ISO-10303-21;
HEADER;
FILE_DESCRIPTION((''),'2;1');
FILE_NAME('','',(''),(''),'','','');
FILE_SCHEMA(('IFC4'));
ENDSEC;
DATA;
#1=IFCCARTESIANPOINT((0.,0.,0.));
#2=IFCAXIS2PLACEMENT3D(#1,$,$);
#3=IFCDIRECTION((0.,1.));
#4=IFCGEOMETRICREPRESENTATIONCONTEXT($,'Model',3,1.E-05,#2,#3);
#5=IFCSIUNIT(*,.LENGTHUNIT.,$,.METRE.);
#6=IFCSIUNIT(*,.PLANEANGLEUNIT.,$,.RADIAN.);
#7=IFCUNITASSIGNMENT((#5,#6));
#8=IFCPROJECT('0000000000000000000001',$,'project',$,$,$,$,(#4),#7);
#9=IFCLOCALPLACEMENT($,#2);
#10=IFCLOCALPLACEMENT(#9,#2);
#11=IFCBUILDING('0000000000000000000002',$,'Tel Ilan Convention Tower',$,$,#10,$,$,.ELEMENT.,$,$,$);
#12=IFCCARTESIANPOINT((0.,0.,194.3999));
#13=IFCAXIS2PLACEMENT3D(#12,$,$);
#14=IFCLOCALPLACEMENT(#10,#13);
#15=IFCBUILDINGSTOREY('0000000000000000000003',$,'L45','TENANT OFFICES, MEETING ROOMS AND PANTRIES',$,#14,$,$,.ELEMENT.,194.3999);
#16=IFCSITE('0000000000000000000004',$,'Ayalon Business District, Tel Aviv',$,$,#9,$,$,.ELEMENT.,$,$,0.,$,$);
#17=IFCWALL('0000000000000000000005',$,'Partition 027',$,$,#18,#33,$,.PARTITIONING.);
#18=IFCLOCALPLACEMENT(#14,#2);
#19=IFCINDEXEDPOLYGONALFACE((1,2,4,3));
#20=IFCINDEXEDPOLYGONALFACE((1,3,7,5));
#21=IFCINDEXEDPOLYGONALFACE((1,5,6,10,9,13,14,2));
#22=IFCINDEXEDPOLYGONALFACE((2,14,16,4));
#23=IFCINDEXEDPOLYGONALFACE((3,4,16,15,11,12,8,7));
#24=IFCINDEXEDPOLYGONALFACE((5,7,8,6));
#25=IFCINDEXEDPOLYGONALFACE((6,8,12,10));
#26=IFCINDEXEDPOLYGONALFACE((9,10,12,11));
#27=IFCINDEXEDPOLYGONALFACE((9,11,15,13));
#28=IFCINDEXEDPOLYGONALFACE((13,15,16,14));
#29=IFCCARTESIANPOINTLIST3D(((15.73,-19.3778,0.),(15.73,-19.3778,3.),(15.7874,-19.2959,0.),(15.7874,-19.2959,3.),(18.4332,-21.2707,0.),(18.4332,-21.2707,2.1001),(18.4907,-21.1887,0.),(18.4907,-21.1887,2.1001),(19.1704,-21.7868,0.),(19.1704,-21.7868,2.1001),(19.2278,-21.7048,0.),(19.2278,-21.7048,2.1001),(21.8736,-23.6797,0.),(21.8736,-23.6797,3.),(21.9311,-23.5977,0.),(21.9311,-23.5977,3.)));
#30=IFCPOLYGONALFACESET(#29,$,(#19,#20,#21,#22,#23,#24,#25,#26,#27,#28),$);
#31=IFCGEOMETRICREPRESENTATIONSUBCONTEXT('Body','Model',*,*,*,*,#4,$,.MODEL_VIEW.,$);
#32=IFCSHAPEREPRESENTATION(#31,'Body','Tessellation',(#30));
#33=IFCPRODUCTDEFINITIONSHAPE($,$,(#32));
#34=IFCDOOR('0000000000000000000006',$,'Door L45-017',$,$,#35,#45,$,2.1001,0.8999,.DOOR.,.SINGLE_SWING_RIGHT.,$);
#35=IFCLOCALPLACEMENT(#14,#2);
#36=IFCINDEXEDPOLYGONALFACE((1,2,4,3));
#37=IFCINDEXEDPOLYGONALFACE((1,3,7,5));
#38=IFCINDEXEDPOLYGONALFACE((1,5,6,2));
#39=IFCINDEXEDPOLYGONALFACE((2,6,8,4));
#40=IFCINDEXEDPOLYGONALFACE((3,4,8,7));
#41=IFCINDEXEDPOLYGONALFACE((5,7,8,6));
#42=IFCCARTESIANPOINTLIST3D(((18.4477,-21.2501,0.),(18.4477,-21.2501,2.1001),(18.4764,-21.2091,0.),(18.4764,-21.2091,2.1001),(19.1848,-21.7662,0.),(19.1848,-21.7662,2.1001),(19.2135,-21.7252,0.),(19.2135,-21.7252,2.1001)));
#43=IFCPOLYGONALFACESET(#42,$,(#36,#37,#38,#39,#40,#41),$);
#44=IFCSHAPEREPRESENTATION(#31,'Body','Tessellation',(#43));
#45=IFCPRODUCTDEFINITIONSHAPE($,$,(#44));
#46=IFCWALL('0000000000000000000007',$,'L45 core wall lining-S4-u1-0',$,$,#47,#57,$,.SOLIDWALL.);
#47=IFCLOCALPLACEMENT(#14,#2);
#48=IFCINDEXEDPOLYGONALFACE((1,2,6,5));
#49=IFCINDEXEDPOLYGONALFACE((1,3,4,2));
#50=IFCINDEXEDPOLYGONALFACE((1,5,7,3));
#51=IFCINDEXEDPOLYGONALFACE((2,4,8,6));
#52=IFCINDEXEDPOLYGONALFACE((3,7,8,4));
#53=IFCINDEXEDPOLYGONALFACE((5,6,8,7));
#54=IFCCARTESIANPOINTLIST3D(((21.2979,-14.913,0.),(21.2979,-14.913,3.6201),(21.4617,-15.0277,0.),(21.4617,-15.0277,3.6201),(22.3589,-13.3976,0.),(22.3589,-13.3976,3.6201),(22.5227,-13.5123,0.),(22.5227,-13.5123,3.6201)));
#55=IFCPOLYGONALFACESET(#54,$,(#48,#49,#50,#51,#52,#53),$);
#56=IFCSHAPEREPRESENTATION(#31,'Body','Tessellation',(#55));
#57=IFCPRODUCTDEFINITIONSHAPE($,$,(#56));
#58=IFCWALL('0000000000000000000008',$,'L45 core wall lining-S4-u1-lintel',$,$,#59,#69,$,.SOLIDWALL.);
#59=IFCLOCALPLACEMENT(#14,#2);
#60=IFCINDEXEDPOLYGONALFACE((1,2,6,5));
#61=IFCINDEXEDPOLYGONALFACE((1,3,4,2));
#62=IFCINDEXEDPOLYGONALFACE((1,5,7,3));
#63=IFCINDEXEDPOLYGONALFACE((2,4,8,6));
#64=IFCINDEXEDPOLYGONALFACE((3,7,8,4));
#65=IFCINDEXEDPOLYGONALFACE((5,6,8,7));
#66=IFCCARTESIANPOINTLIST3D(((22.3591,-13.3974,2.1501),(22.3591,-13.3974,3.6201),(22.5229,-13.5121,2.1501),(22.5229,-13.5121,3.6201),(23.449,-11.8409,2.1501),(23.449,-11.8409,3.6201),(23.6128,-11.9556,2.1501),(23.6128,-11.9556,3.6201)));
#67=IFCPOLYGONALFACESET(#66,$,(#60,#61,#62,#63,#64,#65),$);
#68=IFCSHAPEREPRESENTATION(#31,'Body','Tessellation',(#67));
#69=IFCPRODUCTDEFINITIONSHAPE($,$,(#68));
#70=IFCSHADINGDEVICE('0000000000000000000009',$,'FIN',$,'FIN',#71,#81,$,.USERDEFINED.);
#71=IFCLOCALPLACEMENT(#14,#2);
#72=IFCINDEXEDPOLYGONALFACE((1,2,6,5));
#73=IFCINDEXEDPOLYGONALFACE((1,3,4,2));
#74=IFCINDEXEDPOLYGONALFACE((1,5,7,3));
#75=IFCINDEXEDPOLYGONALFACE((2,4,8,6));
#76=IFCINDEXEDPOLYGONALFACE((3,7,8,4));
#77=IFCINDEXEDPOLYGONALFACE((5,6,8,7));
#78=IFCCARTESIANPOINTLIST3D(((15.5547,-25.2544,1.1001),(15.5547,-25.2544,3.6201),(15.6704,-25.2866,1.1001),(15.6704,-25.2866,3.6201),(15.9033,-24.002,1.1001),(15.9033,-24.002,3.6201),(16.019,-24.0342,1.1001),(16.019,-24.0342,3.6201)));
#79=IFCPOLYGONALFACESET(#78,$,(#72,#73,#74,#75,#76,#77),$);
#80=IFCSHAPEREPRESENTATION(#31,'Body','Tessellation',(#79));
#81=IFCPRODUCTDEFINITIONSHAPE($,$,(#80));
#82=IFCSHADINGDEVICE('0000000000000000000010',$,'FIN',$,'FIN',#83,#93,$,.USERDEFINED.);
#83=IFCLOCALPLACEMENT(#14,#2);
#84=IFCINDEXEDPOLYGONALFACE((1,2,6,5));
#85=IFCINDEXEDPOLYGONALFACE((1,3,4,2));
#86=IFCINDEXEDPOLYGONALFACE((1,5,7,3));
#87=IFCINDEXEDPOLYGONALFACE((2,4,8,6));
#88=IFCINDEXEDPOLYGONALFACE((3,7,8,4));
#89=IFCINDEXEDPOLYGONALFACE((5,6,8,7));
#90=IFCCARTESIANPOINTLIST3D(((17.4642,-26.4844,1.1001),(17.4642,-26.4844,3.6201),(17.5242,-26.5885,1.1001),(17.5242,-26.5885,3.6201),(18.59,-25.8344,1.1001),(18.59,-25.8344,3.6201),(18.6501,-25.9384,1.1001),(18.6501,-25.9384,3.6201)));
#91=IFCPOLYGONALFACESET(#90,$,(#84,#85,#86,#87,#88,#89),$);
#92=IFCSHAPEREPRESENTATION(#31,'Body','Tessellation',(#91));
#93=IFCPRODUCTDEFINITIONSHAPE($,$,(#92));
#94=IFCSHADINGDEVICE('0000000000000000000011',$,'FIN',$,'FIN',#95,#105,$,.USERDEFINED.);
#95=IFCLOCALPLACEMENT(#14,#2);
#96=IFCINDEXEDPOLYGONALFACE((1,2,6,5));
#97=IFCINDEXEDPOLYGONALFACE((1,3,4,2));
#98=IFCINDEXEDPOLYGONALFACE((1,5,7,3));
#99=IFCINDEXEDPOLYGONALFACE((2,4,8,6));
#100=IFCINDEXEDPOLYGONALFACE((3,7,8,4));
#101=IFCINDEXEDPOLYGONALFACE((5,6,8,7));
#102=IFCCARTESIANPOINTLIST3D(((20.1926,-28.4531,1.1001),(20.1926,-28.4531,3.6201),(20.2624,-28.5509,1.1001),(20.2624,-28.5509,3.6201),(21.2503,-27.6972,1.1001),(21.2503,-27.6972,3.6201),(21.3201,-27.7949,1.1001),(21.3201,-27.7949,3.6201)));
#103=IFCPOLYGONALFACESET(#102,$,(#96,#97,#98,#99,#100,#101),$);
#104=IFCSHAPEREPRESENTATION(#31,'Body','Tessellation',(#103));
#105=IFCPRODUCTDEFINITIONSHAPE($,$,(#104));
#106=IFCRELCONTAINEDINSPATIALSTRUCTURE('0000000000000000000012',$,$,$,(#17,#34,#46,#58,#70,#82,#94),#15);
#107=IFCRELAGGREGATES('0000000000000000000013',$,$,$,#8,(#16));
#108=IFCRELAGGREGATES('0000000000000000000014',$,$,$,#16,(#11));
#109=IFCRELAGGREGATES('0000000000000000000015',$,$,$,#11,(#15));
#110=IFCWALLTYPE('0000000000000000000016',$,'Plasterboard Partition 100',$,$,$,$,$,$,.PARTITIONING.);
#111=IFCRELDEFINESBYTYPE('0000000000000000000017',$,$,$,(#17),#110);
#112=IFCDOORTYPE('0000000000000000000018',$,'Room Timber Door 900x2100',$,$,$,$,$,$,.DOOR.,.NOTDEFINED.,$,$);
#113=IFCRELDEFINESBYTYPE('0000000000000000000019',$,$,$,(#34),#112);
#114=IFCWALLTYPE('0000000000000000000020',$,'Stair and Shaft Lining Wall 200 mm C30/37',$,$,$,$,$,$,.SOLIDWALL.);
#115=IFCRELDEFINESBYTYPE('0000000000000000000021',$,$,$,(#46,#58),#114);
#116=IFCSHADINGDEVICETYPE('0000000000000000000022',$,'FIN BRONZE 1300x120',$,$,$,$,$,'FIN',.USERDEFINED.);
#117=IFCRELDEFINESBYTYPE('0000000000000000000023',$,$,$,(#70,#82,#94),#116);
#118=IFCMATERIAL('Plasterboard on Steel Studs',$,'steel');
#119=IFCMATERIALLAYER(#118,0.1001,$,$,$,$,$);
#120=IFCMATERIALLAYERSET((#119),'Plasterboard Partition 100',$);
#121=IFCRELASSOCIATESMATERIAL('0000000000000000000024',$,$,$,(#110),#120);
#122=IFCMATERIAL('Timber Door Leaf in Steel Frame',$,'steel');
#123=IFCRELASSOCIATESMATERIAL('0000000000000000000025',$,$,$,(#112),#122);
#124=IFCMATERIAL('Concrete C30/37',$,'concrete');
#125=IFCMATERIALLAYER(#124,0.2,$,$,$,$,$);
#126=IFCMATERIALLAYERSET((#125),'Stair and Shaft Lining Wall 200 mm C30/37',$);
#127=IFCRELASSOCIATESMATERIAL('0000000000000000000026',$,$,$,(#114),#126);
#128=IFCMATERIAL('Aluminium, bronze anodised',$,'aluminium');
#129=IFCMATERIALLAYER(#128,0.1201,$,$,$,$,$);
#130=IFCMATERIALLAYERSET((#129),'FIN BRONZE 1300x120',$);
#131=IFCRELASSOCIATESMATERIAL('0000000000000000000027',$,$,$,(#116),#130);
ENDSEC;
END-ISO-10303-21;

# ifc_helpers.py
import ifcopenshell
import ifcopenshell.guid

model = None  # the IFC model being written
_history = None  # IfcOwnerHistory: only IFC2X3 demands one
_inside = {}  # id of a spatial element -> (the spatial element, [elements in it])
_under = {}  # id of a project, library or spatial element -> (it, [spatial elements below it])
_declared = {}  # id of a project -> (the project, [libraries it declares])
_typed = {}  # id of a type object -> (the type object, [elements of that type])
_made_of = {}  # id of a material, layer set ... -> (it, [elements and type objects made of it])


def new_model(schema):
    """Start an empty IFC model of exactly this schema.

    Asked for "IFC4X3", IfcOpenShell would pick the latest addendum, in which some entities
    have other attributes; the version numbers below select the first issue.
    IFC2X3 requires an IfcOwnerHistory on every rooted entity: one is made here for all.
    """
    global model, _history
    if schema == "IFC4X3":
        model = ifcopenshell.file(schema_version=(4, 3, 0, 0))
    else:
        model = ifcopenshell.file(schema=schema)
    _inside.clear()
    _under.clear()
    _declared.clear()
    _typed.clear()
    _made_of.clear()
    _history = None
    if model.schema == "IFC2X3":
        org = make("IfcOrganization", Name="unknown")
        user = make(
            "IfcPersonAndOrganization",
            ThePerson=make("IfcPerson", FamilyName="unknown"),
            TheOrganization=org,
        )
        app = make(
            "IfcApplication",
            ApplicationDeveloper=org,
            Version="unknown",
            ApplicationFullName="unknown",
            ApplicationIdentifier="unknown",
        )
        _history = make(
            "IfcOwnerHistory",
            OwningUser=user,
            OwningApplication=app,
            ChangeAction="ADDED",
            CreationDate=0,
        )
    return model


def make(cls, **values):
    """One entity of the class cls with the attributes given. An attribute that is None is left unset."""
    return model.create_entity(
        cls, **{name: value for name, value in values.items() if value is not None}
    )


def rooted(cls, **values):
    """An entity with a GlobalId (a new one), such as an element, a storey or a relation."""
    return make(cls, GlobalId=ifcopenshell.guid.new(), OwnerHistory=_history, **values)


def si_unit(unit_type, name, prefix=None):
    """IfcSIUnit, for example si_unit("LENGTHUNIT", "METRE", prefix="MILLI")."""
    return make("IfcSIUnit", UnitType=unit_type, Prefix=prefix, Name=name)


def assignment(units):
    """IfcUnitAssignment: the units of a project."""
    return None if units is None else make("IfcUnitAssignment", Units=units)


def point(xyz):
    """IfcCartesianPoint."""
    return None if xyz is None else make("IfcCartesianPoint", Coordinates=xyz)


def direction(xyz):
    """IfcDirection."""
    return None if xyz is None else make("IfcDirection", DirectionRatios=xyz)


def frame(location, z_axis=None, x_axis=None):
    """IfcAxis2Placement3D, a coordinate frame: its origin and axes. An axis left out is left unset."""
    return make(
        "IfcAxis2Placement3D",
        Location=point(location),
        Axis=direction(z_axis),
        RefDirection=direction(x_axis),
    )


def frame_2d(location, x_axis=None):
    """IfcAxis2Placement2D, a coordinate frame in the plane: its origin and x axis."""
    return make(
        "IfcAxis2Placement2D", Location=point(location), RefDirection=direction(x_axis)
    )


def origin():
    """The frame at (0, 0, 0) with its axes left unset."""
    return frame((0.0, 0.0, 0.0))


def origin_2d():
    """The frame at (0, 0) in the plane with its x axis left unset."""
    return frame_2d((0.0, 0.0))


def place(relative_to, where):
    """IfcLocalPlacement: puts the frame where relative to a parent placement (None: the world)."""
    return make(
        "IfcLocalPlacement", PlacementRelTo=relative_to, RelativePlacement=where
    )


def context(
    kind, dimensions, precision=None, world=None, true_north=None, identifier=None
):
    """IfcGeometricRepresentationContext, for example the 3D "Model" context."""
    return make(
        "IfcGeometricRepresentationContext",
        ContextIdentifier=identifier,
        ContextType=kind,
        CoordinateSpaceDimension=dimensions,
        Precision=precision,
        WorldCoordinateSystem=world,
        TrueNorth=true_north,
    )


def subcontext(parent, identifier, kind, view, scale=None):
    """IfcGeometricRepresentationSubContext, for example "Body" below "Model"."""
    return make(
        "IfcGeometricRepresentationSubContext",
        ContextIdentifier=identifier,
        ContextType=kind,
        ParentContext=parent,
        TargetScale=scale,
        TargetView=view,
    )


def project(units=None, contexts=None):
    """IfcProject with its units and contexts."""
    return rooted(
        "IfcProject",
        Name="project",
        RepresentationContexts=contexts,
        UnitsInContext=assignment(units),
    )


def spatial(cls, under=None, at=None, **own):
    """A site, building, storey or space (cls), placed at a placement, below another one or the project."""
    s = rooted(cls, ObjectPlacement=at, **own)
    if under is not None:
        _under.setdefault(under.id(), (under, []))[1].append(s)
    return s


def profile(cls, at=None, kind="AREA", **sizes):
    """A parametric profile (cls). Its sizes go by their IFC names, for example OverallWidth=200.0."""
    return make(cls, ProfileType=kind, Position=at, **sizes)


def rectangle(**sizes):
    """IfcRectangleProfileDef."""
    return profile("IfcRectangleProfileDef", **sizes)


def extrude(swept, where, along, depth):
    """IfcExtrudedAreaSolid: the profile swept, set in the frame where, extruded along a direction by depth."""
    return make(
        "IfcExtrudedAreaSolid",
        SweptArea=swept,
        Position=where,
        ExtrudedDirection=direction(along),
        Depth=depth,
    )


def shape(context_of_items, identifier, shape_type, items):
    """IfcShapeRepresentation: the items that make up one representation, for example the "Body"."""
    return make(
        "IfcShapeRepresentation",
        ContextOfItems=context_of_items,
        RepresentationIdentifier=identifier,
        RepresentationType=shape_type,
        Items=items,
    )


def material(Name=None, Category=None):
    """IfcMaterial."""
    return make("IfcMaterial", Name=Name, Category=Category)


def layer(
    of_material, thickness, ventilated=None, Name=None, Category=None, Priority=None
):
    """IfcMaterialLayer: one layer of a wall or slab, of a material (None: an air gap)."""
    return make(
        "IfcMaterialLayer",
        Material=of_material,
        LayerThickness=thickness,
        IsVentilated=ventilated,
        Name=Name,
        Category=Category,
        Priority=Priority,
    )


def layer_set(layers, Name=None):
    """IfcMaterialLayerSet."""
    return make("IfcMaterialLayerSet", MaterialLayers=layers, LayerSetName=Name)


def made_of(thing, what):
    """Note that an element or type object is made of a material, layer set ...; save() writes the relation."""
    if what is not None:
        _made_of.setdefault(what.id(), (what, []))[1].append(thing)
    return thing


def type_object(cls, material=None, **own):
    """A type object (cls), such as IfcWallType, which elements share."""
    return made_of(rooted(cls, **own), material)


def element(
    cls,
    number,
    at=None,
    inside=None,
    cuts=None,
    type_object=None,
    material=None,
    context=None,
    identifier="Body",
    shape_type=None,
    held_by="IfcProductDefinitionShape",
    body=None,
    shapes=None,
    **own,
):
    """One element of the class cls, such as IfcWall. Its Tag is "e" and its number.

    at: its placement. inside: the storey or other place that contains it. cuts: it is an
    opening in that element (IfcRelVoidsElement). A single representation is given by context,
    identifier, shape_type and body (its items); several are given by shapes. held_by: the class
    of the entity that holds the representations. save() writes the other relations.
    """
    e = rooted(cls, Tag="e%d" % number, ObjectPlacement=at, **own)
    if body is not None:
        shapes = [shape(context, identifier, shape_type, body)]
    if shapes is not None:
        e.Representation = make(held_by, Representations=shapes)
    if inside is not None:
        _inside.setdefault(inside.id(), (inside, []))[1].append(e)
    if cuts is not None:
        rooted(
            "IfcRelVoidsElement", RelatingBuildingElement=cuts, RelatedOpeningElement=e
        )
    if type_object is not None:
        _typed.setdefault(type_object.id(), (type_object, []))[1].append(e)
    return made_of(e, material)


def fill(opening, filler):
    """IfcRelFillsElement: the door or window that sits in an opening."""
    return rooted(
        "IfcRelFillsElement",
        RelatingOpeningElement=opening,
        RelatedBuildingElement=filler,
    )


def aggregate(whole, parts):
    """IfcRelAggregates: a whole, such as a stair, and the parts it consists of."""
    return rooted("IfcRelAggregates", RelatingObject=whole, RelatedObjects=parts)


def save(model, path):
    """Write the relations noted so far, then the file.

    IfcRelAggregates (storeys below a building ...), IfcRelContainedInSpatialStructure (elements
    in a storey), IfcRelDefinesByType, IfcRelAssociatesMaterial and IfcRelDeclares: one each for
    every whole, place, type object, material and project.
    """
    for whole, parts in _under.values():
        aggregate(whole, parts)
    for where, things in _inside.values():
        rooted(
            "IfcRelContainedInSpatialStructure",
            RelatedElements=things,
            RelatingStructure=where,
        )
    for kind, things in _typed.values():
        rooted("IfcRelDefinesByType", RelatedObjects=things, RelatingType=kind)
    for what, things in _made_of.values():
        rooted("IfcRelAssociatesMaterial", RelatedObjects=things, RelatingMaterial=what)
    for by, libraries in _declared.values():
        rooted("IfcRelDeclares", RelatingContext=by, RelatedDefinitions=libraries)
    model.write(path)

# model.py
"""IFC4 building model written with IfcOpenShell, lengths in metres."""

from ifc_helpers import new_model, si_unit, direction, frame, frame_2d, origin, origin_2d, place, context, subcontext, project, spatial, rectangle, extrude, material, layer, layer_set, type_object, element, fill, save


model = new_model("IFC4")

# Units and contexts
model_context = context("Model", 3, precision=1e-05, world=origin(), true_north=direction((0.0, 1.0)))
body_context = subcontext(model_context, "Body", "Model", "MODEL_VIEW")
ifc_project = project(units=[si_unit("LENGTHUNIT", "METRE"), si_unit("PLANEANGLEUNIT", "RADIAN")], contexts=[model_context])

# Site, building, storey
site_placement = place(None, origin())
site = spatial("IfcSite", under=ifc_project, at=site_placement, Name="Ayalon Business District, Tel Aviv", CompositionType="ELEMENT", RefElevation=0.0)
building_placement = place(site_placement, origin())
building = spatial("IfcBuilding", under=site, at=building_placement, Name="Tel Ilan Convention Tower", CompositionType="ELEMENT")
storey_placement = place(building_placement, frame((0.0, 0.0, 194.3999)))
storey = spatial("IfcBuildingStorey", under=building, at=storey_placement, Name="L45", Description="TENANT OFFICES, MEETING ROOMS AND PANTRIES", CompositionType="ELEMENT", Elevation=194.3999)

# Wall, opening, door
ifc_material_1 = material(Name="Plasterboard on Steel Studs", Category="steel")
ifc_layer_1 = layer(ifc_material_1, 0.1001)
ifc_layer_set_1 = layer_set([ifc_layer_1], Name="Plasterboard Partition 100")
wall_type_1 = type_object("IfcWallType", Name="Plasterboard Partition 100", PredefinedType="PARTITIONING", material=ifc_layer_set_1)
wall_1_placement = place(storey_placement, frame((21.9023, -23.6387, 0.0), z_axis=(0.0, 0.0, 1.0), x_axis=(-0.819152, 0.573576, 0.0)))
wall_1 = element("IfcWall", 1, at=wall_1_placement, inside=storey, type_object=wall_type_1, Name="Partition 027", PredefinedType="PARTITIONING", context=body_context, shape_type="SweptSolid", body=[
    extrude(rectangle(XDim=7.5, YDim=0.1001, at=frame_2d((3.75, 0.0))), origin(), (0.0, 0.0, 1.0), 3.0),
])
opening_1_placement = place(wall_1_placement, frame((3.3, 0.0, 0.0)))
opening_1 = element("IfcOpeningElement", 2, at=opening_1_placement, cuts=wall_1, PredefinedType="OPENING", context=body_context, shape_type="SweptSolid", body=[
    extrude(rectangle(XDim=0.8999, YDim=2.1001, at=frame_2d((0.45, 1.05))), frame((0.0, 0.0601, 0.0), z_axis=(0.0, -1.0, 0.0), x_axis=(1.0, 0.0, 0.0)), (0.0, 0.0, 1.0), 0.1201),
])
ifc_material_2 = material(Name="Timber Door Leaf in Steel Frame", Category="steel")
door_type_1 = type_object("IfcDoorType", Name="Room Timber Door 900x2100", OperationType="NOTDEFINED", PredefinedType="DOOR", material=ifc_material_2)
door_1_placement = place(opening_1_placement, origin())
door_1 = element("IfcDoor", 3, at=door_1_placement, inside=storey, type_object=door_type_1, Name="Door L45-017", OperationType="SINGLE_SWING_RIGHT", OverallHeight=2.1001, OverallWidth=0.8999, PredefinedType="DOOR", context=body_context, shape_type="SweptSolid", body=[
    extrude(rectangle(XDim=0.8999, YDim=2.1001, at=frame_2d((0.45, 1.05))), frame((0.0, 0.0249, 0.0), z_axis=(0.0, -1.0, 0.0), x_axis=(1.0, 0.0, 0.0)), (0.0, 0.0, 1.0), 0.05),
])
fill(opening_1, door_1)

# Walls
ifc_material_3 = material(Name="Concrete C30/37", Category="concrete")
ifc_layer_2 = layer(ifc_material_3, 0.2)
ifc_layer_set_2 = layer_set([ifc_layer_2], Name="Stair and Shaft Lining Wall 200 mm C30/37")
wall_type_2 = type_object("IfcWallType", Name="Stair and Shaft Lining Wall 200 mm C30/37", PredefinedType="SOLIDWALL", material=ifc_layer_set_2)
wall_2_placement = place(storey_placement, frame((21.3799, -14.9702, 0.0), z_axis=(0.0, 0.0, 1.0), x_axis=(0.57356, 0.819164, 0.0)))
element("IfcWall", 4, at=wall_2_placement, inside=storey, type_object=wall_type_2, Name="L45 core wall lining-S4-u1-0", PredefinedType="SOLIDWALL", context=body_context, shape_type="SweptSolid", body=[
    extrude(rectangle(XDim=1.8499, YDim=0.2, at=frame_2d((0.9248, 0.0))), origin(), (0.0, 0.0, 1.0), 3.6201),
])
wall_3_placement = place(storey_placement, frame((22.4409, -13.4548, 2.1501), z_axis=(0.0, 0.0, 1.0), x_axis=(0.573592, 0.819141, 0.0)))
element("IfcWall", 5, at=wall_3_placement, inside=storey, type_object=wall_type_2, Name="L45 core wall lining-S4-u1-lintel", PredefinedType="SOLIDWALL", context=body_context, shape_type="SweptSolid", body=[
    extrude(rectangle(XDim=1.9001, YDim=0.2, at=frame_2d((0.9502, 0.0))), origin(), (0.0, 0.0, 1.0), 1.47),
])

# Shading devices
ifc_material_4 = material(Name="Aluminium, bronze anodised", Category="aluminium")
ifc_layer_3 = layer(ifc_material_4, 0.1201)
ifc_layer_set_3 = layer_set([ifc_layer_3], Name="FIN BRONZE 1300x120")
shading_device_type = type_object("IfcShadingDeviceType", Name="FIN BRONZE 1300x120", ElementType="FIN", PredefinedType="USERDEFINED", material=ifc_layer_set_3)
for number, where, z_axis, x_axis, name in (
    (6, (15.7869, -24.6443, 1.1001), (0.0, 0.0, 1.0), (-0.268173, -0.963371, 0.0), "FIN"),
    (7, (18.0571, -26.2114, 1.1001), (0.0, 0.0, 1.0), (-0.866025, -0.5, 0.0), "FIN"),
    (8, (20.7563, -28.124, 1.1001), (0.0, 0.0, 1.0), (-0.813552, -0.581492, 0.0), "FIN"),
):
    element("IfcShadingDevice", number, at=place(storey_placement, frame(where, z_axis=z_axis, x_axis=x_axis)), inside=storey, type_object=shading_device_type, Name=name, ObjectType="FIN", PredefinedType="USERDEFINED", context=body_context, shape_type="SweptSolid", body=[
        extrude(rectangle(XDim=1.3, YDim=0.1201, at=origin_2d()), origin(), (0.0, 0.0, 1.0), 2.52),
    ])

save(model, "model.ifc")
